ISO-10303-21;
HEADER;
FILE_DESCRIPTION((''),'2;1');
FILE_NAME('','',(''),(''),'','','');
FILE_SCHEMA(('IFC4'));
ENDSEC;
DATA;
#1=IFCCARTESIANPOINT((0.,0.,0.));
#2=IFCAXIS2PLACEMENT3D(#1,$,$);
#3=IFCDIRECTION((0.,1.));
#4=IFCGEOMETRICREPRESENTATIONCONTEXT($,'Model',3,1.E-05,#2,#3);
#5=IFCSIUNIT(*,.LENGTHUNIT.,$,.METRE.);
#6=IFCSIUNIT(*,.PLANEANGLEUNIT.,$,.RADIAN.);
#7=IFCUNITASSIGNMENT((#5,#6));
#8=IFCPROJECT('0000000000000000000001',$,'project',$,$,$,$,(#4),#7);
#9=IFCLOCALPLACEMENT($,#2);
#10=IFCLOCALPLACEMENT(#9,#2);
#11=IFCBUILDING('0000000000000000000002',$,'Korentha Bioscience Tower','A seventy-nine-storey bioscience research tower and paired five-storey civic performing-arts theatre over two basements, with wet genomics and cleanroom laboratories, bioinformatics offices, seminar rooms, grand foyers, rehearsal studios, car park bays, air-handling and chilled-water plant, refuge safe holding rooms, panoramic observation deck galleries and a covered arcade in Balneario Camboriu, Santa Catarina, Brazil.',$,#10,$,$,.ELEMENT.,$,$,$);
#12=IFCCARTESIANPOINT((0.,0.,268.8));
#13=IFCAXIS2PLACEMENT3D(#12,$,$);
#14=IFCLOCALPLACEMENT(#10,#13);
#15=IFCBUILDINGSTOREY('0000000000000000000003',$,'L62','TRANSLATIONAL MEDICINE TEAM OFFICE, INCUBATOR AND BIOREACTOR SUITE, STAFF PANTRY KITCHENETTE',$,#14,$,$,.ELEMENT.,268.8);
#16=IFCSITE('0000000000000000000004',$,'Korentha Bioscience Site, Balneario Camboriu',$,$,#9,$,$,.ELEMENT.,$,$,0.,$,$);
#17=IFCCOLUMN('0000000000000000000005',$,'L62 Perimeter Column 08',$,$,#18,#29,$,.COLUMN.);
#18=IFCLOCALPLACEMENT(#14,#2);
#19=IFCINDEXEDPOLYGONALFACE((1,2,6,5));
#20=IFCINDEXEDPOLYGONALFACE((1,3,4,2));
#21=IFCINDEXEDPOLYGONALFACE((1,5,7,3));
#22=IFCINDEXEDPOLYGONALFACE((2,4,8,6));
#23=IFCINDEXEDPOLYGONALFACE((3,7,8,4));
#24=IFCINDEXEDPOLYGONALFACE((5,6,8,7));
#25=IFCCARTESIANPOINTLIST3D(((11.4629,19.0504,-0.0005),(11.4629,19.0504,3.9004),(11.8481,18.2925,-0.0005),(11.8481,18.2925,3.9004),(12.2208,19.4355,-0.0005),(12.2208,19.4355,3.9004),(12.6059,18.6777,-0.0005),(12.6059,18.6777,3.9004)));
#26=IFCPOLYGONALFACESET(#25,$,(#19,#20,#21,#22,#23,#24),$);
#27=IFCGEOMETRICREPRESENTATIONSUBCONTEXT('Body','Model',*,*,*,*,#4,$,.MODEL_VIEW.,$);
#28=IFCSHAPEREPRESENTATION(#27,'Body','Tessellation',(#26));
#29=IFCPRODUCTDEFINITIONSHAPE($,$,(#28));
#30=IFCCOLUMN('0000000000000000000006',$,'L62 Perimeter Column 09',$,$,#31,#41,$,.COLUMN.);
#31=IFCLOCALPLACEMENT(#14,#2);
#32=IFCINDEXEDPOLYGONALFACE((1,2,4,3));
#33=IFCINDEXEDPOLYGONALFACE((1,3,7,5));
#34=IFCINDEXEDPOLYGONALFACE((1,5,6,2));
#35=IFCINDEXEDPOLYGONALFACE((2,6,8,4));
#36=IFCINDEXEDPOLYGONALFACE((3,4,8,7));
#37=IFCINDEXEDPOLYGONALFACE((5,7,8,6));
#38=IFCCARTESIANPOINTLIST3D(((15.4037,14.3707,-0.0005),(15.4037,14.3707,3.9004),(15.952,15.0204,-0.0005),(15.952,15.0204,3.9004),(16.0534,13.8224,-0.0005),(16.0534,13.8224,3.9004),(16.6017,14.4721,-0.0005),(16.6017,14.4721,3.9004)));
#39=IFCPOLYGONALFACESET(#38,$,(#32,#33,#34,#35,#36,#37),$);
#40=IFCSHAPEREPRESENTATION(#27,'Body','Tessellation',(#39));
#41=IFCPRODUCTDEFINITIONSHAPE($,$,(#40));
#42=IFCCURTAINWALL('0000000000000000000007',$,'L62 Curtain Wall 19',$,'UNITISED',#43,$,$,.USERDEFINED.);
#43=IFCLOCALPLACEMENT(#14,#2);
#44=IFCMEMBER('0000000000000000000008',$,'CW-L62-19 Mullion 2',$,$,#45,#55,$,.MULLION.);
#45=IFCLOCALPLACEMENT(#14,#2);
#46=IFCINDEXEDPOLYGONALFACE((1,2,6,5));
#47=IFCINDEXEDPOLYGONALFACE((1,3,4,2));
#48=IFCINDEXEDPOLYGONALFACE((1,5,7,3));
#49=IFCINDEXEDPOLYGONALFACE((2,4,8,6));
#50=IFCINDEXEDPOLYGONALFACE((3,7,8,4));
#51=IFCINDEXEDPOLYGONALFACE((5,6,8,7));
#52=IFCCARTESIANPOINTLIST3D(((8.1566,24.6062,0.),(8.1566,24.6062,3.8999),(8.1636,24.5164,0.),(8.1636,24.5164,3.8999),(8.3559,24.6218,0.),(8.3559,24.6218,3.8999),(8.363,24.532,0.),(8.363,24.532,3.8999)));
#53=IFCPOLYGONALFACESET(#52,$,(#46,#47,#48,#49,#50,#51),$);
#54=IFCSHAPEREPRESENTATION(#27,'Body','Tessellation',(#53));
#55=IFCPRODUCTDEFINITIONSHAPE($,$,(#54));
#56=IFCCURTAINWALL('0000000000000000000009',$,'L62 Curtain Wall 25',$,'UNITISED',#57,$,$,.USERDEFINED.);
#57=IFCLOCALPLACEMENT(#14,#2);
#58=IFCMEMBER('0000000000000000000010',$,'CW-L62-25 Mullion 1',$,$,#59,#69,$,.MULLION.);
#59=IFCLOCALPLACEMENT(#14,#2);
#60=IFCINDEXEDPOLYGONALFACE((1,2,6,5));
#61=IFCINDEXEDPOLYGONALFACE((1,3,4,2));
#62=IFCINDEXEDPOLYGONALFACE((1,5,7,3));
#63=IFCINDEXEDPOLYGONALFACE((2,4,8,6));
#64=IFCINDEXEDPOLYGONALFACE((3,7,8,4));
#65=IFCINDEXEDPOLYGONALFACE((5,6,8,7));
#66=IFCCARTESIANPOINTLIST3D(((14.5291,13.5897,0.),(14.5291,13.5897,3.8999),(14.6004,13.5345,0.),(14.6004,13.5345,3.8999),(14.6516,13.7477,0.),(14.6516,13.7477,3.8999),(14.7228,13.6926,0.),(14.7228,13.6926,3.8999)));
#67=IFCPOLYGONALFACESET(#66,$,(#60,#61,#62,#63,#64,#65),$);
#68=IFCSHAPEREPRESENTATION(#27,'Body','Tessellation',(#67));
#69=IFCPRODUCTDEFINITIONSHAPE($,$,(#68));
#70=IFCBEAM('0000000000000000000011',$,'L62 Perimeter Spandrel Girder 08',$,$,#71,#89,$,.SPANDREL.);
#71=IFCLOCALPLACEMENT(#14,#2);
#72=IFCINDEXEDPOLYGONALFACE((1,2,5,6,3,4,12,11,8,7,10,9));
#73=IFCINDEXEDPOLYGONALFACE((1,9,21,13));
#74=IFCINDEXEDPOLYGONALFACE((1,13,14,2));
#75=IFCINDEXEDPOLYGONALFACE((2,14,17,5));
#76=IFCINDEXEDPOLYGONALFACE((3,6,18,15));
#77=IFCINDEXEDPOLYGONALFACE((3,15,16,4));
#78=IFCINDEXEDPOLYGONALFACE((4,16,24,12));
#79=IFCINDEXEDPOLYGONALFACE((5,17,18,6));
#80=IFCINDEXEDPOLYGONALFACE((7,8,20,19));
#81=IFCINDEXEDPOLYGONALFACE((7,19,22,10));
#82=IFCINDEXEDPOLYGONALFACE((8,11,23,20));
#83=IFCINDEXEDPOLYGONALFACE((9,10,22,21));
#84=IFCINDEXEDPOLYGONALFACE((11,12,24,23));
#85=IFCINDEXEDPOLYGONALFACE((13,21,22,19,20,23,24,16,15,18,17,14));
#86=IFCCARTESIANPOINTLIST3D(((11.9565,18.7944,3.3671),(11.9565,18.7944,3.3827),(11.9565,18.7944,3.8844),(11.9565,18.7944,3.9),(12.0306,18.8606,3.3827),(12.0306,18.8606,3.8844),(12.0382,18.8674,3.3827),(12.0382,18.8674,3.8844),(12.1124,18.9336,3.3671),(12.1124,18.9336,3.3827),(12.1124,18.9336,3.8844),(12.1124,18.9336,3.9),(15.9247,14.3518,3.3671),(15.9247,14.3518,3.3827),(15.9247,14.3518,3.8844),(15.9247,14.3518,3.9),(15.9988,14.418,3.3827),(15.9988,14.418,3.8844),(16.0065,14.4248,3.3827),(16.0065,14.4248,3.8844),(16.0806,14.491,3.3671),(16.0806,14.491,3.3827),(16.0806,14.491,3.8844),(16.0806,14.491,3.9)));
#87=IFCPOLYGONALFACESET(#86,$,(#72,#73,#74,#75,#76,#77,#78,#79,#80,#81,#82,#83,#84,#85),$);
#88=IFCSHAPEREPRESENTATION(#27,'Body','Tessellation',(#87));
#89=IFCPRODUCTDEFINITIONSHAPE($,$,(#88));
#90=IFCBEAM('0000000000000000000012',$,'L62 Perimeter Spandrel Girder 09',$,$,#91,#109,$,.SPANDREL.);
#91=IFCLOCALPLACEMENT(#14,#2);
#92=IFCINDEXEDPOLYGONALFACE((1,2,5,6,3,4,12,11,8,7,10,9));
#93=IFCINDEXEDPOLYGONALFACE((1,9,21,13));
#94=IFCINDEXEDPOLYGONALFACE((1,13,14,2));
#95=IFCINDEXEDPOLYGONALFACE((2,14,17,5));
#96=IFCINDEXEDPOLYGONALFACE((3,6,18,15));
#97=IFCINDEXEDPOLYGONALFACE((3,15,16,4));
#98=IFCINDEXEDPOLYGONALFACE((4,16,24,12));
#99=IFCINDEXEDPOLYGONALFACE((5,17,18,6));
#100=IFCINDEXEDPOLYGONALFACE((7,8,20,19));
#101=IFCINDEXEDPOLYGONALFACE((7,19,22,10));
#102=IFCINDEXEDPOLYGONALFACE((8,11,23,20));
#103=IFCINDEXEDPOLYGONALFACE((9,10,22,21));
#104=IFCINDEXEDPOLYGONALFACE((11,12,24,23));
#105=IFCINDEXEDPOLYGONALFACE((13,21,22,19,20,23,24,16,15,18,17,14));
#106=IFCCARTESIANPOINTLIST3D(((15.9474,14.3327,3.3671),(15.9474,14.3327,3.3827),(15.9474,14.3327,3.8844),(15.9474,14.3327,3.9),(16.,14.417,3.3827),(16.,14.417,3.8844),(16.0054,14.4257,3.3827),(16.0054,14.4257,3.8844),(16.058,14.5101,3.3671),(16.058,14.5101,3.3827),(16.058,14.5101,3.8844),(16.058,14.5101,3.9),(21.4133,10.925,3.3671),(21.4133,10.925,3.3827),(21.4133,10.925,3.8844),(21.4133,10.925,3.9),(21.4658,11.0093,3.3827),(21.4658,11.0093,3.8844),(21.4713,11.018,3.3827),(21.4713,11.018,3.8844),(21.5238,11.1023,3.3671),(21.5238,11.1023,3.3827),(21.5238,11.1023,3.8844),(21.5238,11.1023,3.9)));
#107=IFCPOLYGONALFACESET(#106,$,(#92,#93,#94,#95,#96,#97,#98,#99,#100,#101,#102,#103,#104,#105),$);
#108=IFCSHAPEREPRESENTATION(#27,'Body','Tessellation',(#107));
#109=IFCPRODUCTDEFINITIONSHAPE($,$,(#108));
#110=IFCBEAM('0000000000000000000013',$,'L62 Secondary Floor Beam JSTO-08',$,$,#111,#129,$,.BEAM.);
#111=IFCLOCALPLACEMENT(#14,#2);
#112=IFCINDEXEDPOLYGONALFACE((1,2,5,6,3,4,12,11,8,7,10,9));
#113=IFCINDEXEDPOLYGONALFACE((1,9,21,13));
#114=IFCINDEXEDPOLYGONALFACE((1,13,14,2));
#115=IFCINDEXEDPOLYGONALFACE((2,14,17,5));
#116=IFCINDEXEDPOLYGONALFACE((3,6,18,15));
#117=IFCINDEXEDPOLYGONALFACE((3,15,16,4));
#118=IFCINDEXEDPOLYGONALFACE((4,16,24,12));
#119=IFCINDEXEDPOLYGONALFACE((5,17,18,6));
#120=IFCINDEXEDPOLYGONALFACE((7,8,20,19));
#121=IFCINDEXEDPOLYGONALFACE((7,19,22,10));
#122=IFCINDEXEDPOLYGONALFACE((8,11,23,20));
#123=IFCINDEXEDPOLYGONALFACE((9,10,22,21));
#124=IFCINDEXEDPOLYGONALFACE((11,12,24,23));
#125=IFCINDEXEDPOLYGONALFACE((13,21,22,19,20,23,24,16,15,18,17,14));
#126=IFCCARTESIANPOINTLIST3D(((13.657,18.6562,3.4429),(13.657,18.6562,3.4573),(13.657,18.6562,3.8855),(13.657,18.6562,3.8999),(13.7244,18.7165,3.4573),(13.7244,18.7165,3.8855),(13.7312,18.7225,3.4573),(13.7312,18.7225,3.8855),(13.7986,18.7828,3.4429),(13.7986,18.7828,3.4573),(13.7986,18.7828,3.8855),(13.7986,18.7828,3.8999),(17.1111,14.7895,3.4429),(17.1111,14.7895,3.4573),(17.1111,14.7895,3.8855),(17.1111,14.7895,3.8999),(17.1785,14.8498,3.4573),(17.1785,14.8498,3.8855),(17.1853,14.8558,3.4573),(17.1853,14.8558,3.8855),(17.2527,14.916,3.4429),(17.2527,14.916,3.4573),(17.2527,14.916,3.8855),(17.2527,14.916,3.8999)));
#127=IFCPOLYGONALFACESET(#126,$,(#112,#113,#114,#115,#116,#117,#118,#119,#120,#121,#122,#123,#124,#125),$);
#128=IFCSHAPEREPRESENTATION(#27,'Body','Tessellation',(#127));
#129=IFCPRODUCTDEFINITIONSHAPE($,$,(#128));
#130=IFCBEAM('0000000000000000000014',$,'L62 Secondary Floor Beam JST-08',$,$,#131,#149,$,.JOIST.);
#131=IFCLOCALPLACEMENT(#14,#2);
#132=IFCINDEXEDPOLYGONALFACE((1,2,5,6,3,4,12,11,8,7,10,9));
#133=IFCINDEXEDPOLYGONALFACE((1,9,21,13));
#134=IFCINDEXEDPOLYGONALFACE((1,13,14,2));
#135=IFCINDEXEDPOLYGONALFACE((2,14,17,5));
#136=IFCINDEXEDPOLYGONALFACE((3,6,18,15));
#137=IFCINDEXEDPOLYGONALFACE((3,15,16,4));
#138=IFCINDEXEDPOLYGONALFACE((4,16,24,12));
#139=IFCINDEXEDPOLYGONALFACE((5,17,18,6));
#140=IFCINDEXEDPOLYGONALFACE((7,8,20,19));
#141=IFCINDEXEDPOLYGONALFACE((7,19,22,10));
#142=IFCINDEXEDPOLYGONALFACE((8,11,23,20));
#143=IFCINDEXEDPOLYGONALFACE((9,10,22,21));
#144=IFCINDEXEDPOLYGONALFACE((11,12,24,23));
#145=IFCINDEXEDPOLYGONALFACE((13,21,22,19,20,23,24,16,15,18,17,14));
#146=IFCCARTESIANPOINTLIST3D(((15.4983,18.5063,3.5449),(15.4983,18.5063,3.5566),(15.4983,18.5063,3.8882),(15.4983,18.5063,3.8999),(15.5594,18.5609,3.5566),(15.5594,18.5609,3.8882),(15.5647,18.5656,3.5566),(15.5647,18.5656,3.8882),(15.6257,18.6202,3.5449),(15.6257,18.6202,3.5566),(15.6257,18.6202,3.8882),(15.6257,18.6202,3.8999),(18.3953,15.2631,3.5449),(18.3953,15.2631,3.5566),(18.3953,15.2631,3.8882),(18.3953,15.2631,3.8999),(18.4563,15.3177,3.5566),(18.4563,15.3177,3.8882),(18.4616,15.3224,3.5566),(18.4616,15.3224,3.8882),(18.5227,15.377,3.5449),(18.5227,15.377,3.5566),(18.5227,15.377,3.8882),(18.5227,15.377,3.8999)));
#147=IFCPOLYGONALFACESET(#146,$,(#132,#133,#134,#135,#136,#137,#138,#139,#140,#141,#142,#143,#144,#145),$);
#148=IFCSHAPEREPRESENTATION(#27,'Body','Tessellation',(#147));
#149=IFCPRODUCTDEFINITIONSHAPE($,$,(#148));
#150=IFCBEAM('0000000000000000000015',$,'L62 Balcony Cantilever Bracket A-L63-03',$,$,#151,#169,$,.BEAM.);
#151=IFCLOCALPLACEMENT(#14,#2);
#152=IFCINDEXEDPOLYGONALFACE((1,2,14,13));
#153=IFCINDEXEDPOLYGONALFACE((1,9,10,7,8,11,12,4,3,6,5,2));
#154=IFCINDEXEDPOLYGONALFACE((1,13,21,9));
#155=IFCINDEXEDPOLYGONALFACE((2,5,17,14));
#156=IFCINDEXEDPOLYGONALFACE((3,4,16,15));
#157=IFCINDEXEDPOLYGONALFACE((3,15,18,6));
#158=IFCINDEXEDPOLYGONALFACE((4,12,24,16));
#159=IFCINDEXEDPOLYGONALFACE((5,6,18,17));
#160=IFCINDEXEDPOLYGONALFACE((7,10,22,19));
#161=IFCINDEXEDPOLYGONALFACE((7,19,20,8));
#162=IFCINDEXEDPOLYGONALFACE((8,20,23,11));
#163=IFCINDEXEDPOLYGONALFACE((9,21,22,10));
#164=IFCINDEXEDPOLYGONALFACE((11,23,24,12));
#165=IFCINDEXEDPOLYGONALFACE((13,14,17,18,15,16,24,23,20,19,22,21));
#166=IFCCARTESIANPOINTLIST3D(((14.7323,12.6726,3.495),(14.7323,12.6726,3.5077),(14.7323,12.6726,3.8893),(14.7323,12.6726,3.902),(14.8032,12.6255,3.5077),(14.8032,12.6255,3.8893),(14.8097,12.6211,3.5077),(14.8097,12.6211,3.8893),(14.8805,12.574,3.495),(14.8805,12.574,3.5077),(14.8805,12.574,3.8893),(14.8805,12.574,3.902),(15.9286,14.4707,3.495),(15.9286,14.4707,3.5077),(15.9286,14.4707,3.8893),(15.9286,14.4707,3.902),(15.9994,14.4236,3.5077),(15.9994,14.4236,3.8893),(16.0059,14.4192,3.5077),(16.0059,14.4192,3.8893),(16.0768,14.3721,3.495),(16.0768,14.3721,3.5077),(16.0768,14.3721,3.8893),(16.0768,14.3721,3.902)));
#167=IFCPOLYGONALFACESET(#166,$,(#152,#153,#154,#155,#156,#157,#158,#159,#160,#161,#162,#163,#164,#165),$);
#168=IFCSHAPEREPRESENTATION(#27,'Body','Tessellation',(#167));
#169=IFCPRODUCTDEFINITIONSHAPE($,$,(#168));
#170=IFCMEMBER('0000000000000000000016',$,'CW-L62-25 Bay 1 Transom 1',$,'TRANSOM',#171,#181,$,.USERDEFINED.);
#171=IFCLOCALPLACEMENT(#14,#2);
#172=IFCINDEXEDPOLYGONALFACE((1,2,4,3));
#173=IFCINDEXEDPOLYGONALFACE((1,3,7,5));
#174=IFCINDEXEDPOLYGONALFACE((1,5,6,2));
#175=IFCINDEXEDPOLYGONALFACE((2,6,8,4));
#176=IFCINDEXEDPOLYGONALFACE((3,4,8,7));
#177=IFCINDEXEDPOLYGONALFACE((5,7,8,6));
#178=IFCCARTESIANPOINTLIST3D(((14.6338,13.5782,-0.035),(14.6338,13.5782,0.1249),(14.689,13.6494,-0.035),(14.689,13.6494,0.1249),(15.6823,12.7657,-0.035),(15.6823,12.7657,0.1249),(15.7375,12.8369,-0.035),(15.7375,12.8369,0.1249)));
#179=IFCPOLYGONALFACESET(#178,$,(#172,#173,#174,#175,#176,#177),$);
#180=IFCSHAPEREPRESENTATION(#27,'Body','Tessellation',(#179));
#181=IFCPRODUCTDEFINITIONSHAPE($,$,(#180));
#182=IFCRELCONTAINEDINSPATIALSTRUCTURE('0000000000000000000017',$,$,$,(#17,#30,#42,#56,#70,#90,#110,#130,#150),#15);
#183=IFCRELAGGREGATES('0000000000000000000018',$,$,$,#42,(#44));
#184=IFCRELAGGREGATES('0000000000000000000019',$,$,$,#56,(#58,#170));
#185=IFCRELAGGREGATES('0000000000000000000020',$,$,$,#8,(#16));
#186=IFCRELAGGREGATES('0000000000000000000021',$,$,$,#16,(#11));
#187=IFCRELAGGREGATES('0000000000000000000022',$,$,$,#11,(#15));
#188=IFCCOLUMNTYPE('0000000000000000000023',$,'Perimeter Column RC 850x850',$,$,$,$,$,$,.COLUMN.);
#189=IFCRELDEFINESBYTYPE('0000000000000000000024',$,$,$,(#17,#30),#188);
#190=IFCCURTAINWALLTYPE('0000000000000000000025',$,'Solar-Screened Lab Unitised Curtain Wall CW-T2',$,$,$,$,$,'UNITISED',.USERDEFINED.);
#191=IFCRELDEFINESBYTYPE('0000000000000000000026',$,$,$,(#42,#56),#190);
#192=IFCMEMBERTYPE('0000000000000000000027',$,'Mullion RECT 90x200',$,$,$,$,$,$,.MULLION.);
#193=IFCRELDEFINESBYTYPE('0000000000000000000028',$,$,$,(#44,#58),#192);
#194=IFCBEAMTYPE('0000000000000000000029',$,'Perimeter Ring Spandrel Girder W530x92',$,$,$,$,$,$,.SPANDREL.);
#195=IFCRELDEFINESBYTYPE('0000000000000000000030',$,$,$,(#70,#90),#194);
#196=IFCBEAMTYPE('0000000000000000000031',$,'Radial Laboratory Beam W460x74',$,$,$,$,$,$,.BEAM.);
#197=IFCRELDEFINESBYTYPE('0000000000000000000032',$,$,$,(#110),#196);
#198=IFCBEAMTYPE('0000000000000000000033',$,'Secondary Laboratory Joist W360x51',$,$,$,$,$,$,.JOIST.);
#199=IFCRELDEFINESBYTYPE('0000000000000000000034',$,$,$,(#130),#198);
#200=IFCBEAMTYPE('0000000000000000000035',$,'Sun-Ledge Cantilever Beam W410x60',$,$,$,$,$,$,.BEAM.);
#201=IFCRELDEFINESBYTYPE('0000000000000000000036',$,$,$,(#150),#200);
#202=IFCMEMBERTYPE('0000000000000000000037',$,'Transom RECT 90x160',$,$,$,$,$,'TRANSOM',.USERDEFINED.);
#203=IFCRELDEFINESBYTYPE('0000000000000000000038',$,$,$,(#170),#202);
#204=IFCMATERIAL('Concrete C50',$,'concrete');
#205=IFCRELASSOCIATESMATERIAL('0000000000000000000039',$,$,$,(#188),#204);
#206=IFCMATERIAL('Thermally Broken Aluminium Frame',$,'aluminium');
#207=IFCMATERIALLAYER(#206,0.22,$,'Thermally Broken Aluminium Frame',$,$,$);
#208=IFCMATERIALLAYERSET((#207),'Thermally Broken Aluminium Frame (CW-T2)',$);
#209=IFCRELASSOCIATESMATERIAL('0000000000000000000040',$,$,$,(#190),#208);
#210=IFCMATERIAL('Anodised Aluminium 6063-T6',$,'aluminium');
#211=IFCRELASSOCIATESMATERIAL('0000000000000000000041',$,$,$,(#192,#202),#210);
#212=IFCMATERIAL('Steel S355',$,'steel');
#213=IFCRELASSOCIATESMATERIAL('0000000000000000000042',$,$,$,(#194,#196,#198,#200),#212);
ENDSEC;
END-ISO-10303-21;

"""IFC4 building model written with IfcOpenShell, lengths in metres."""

from ifc_helpers import new_model, si_unit, direction, frame, origin, origin_2d, place, context, subcontext, project, spatial, rectangle, i_section, extrude, material, layer, layer_set, material_profile, profile_set, type_object, element, aggregate, save


model = new_model("IFC4")

# Units and contexts
model_context = context("Model", 3, precision=1e-05, world=origin(), true_north=direction((0.0, 1.0)))
body_context = subcontext(model_context, "Body", "Model", "MODEL_VIEW")
ifc_project = project(units=[si_unit("LENGTHUNIT", "METRE"), si_unit("PLANEANGLEUNIT", "RADIAN")], contexts=[model_context])

# Site, building, storey
site_placement = place(None, origin())
site = spatial("IfcSite", under=ifc_project, at=site_placement, Name="Korentha Bioscience Site, Balneario Camboriu", CompositionType="ELEMENT", RefElevation=0.0)
building_placement = place(site_placement, origin())
building = spatial("IfcBuilding", under=site, at=building_placement, Name="Korentha Bioscience Tower", Description="A seventy-nine-storey bioscience research tower and paired five-storey civic performing-arts theatre over two basements, with wet genomics and cleanroom laboratories, bioinformatics offices, seminar rooms, grand foyers, rehearsal studios, car park bays, air-handling and chilled-water plant, refuge safe holding rooms, panoramic observation deck galleries and a covered arcade in Balneario Camboriu, Santa Catarina, Brazil.", CompositionType="ELEMENT")
storey_placement = place(building_placement, frame((0.0, 0.0, 268.8)))
storey = spatial("IfcBuildingStorey", under=building, at=storey_placement, Name="L62", Description="TRANSLATIONAL MEDICINE TEAM OFFICE, INCUBATOR AND BIOREACTOR SUITE, STAFF PANTRY KITCHENETTE", CompositionType="ELEMENT", Elevation=268.8)

# Columns
ifc_material_1 = material(Name="Concrete C50", Category="concrete")
ifc_material_profile_1 = material_profile(ifc_material_1, rectangle(XDim=0.8501, YDim=0.8501, at=origin_2d()), Name="Concrete C50")
ifc_profile_set_1 = profile_set([ifc_material_profile_1], Name="Concrete C50 (COL-P08)")
column_type = type_object("IfcColumnType", Name="Perimeter Column RC 850x850", PredefinedType="COLUMN", material=ifc_profile_set_1)
for number, where, z_axis, x_axis, name in (
    (1, (12.0344, 18.864, -0.0005), (0.0, 0.0, 1.0), (-0.453057, 0.891481, 0.0), "L62 Perimeter Column 08"),
    (2, (16.0027, 14.4214, -0.0005), (0.0, 0.0, 1.0), (-0.764246, 0.644924, 0.0), "L62 Perimeter Column 09"),
):
    element("IfcColumn", number, at=place(storey_placement, frame(where, z_axis=z_axis, x_axis=x_axis)), inside=storey, type_object=column_type, Name=name, PredefinedType="COLUMN", context=body_context, shape_type="SweptSolid", body=[
        extrude(rectangle(XDim=0.8501, YDim=0.8501, at=origin_2d()), origin(), (0.0, 0.0, 1.0), 3.9009),
    ])

# Curtain walls, members
ifc_material_2 = material(Name="Thermally Broken Aluminium Frame", Category="aluminium")
ifc_layer_1 = layer(ifc_material_2, 0.22, Name="Thermally Broken Aluminium Frame")
ifc_layer_set_1 = layer_set([ifc_layer_1], Name="Thermally Broken Aluminium Frame (CW-T2)")
curtain_wall_type = type_object("IfcCurtainWallType", Name="Solar-Screened Lab Unitised Curtain Wall CW-T2", ElementType="UNITISED", PredefinedType="USERDEFINED", material=ifc_layer_set_1)
curtain_wall_1_placement = place(storey_placement, origin())
curtain_wall_1 = element("IfcCurtainWall", 3, at=curtain_wall_1_placement, inside=storey, type_object=curtain_wall_type, Name="L62 Curtain Wall 19", ObjectType="UNITISED", PredefinedType="USERDEFINED")
ifc_material_3 = material(Name="Anodised Aluminium 6063-T6", Category="aluminium")
ifc_material_profile_2 = material_profile(ifc_material_3, rectangle(XDim=0.0901, YDim=0.2, at=origin_2d()), Name="Anodised Aluminium 6063-T6")
ifc_profile_set_2 = profile_set([ifc_material_profile_2], Name="Anodised Aluminium 6063-T6 (CW-MUL)")
member_type_1 = type_object("IfcMemberType", Name="Mullion RECT 90x200", PredefinedType="MULLION", material=ifc_profile_set_2)
member_1_placement = place(storey_placement, frame((8.2598, 24.5691, 0.0), z_axis=(0.0, 0.0, 1.0), x_axis=(0.078035, -0.996951, 0.0)))
member_1 = element("IfcMember", 4, at=member_1_placement, type_object=member_type_1, Name="CW-L62-19 Mullion 2", PredefinedType="MULLION", context=body_context, shape_type="SweptSolid", body=[
    extrude(rectangle(XDim=0.0901, YDim=0.2, at=origin_2d()), origin(), (0.0, 0.0, 1.0), 3.8999),
])
aggregate(curtain_wall_1, [member_1])
curtain_wall_2_placement = place(storey_placement, origin())
curtain_wall_2 = element("IfcCurtainWall", 5, at=curtain_wall_2_placement, inside=storey, type_object=curtain_wall_type, Name="L62 Curtain Wall 25", ObjectType="UNITISED", PredefinedType="USERDEFINED")
member_2_placement = place(storey_placement, frame((14.626, 13.6411, 0.0), z_axis=(0.0, 0.0, 1.0), x_axis=(0.790488, -0.612478, 0.0)))
member_2 = element("IfcMember", 6, at=member_2_placement, type_object=member_type_1, Name="CW-L62-25 Mullion 1", PredefinedType="MULLION", context=body_context, shape_type="SweptSolid", body=[
    extrude(rectangle(XDim=0.0901, YDim=0.2, at=origin_2d()), origin(), (0.0, 0.0, 1.0), 3.8999),
])

# Beams
ifc_material_4 = material(Name="Steel S355", Category="steel")
ifc_material_profile_3 = material_profile(ifc_material_4, i_section(OverallWidth=0.209, OverallDepth=0.533, WebThickness=0.0103, FlangeThickness=0.0156, at=origin_2d()), Name="Steel S355")
ifc_profile_set_3 = profile_set([ifc_material_profile_3], Name="Steel S355 (SB-530)")
beam_type_1 = type_object("IfcBeamType", Name="Perimeter Ring Spandrel Girder W530x92", PredefinedType="SPANDREL", material=ifc_profile_set_3)
beam_1_placement = place(storey_placement, frame((12.0344, 18.864, 3.6335), z_axis=(0.666168, -0.745802, 0.0), x_axis=(0.745802, 0.666168, 0.0)))
element("IfcBeam", 7, at=beam_1_placement, inside=storey, type_object=beam_type_1, Name="L62 Perimeter Spandrel Girder 08", PredefinedType="SPANDREL", context=body_context, shape_type="SweptSolid", body=[
    extrude(i_section(OverallWidth=0.209, OverallDepth=0.533, WebThickness=0.0103, FlangeThickness=0.0156, at=origin_2d()), origin(), (0.0, 0.0, 1.0), 5.9568),
])
beam_2_placement = place(storey_placement, frame((16.0027, 14.4214, 3.6335), z_axis=(0.848586, -0.529058, 0.0), x_axis=(0.529058, 0.848586, 0.0)))
element("IfcBeam", 8, at=beam_2_placement, inside=storey, type_object=beam_type_1, Name="L62 Perimeter Spandrel Girder 09", PredefinedType="SPANDREL", context=body_context, shape_type="SweptSolid", body=[
    extrude(i_section(OverallWidth=0.209, OverallDepth=0.533, WebThickness=0.0103, FlangeThickness=0.0156, at=origin_2d()), origin(), (0.0, 0.0, 1.0), 6.4412),
])
ifc_material_profile_4 = material_profile(ifc_material_4, i_section(OverallWidth=0.1899, OverallDepth=0.457, WebThickness=0.009, FlangeThickness=0.0144, at=origin_2d()), Name="Steel S355")
ifc_profile_set_4 = profile_set([ifc_material_profile_4], Name="Steel S355 (RB-460)")
beam_type_2 = type_object("IfcBeamType", Name="Radial Laboratory Beam W460x74", PredefinedType="BEAM", material=ifc_profile_set_4)
beam_3_placement = place(storey_placement, frame((13.7278, 18.7195, 3.6714), z_axis=(0.666197, -0.745776, 0.0), x_axis=(0.745776, 0.666197, 0.0)))
element("IfcBeam", 9, at=beam_3_placement, inside=storey, type_object=beam_type_2, Name="L62 Secondary Floor Beam JSTO-08", PredefinedType="BEAM", context=body_context, shape_type="SweptSolid", body=[
    extrude(i_section(OverallWidth=0.1899, OverallDepth=0.457, WebThickness=0.009, FlangeThickness=0.0144, at=origin_2d()), origin(), (0.0, 0.0, 1.0), 5.1848),
])
ifc_material_profile_5 = material_profile(ifc_material_4, i_section(OverallWidth=0.1709, OverallDepth=0.355, WebThickness=0.0071, FlangeThickness=0.0117, at=origin_2d()), Name="Steel S355")
ifc_profile_set_5 = profile_set([ifc_material_profile_5], Name="Steel S355 (JB-360)")
beam_type_3 = type_object("IfcBeamType", Name="Secondary Laboratory Joist W360x51", PredefinedType="JOIST", material=ifc_profile_set_5)
beam_4_placement = place(storey_placement, frame((15.562, 18.5632, 3.7224), z_axis=(0.666181, -0.74579, 0.0), x_axis=(0.74579, 0.666181, 0.0)))
element("IfcBeam", 10, at=beam_4_placement, inside=storey, type_object=beam_type_3, Name="L62 Secondary Floor Beam JST-08", PredefinedType="JOIST", context=body_context, shape_type="SweptSolid", body=[
    extrude(i_section(OverallWidth=0.1709, OverallDepth=0.355, WebThickness=0.0071, FlangeThickness=0.0117, at=origin_2d()), origin(), (0.0, 0.0, 1.0), 4.3486),
])
ifc_material_profile_6 = material_profile(ifc_material_4, i_section(OverallWidth=0.178, OverallDepth=0.407, WebThickness=0.0078, FlangeThickness=0.0127, at=origin_2d()), Name="Steel S355")
ifc_profile_set_6 = profile_set([ifc_material_profile_6], Name="Steel S355 (CB-410)")
beam_type_4 = type_object("IfcBeamType", Name="Sun-Ledge Cantilever Beam W410x60", PredefinedType="BEAM", material=ifc_profile_set_6)
beam_5_placement = place(storey_placement, frame((16.0027, 14.4214, 3.6985), z_axis=(-0.553917, -0.832572, 0.0), x_axis=(0.832572, -0.553917, 0.0)))
element("IfcBeam", 11, at=beam_5_placement, inside=storey, type_object=beam_type_4, Name="L62 Balcony Cantilever Bracket A-L63-03", PredefinedType="BEAM", context=body_context, shape_type="SweptSolid", body=[
    extrude(i_section(OverallWidth=0.178, OverallDepth=0.407, WebThickness=0.0078, FlangeThickness=0.0127, at=origin_2d()), origin(), (0.0, 0.0, 1.0), 2.1597),
])

# Member
ifc_material_profile_7 = material_profile(ifc_material_3, rectangle(XDim=0.0901, YDim=0.1599, at=origin_2d()), Name="Anodised Aluminium 6063-T6")
ifc_profile_set_7 = profile_set([ifc_material_profile_7], Name="Anodised Aluminium 6063-T6 (CW-TRN)")
member_type_2 = type_object("IfcMemberType", Name="Transom RECT 90x160", ElementType="TRANSOM", PredefinedType="USERDEFINED", material=ifc_profile_set_7)
member_3_placement = place(storey_placement, frame((14.6614, 13.6138, 0.0449), z_axis=(0.790471, -0.6125, 0.0), x_axis=(0.6125, 0.790471, 0.0)))
member_3 = element("IfcMember", 12, at=member_3_placement, type_object=member_type_2, Name="CW-L62-25 Bay 1 Transom 1", ObjectType="TRANSOM", PredefinedType="USERDEFINED", context=body_context, shape_type="SweptSolid", body=[
    extrude(rectangle(XDim=0.0901, YDim=0.1599, at=origin_2d()), origin(), (0.0, 0.0, 1.0), 1.3264),
])
aggregate(curtain_wall_2, [member_2, member_3])

save(model, "model.ifc")
